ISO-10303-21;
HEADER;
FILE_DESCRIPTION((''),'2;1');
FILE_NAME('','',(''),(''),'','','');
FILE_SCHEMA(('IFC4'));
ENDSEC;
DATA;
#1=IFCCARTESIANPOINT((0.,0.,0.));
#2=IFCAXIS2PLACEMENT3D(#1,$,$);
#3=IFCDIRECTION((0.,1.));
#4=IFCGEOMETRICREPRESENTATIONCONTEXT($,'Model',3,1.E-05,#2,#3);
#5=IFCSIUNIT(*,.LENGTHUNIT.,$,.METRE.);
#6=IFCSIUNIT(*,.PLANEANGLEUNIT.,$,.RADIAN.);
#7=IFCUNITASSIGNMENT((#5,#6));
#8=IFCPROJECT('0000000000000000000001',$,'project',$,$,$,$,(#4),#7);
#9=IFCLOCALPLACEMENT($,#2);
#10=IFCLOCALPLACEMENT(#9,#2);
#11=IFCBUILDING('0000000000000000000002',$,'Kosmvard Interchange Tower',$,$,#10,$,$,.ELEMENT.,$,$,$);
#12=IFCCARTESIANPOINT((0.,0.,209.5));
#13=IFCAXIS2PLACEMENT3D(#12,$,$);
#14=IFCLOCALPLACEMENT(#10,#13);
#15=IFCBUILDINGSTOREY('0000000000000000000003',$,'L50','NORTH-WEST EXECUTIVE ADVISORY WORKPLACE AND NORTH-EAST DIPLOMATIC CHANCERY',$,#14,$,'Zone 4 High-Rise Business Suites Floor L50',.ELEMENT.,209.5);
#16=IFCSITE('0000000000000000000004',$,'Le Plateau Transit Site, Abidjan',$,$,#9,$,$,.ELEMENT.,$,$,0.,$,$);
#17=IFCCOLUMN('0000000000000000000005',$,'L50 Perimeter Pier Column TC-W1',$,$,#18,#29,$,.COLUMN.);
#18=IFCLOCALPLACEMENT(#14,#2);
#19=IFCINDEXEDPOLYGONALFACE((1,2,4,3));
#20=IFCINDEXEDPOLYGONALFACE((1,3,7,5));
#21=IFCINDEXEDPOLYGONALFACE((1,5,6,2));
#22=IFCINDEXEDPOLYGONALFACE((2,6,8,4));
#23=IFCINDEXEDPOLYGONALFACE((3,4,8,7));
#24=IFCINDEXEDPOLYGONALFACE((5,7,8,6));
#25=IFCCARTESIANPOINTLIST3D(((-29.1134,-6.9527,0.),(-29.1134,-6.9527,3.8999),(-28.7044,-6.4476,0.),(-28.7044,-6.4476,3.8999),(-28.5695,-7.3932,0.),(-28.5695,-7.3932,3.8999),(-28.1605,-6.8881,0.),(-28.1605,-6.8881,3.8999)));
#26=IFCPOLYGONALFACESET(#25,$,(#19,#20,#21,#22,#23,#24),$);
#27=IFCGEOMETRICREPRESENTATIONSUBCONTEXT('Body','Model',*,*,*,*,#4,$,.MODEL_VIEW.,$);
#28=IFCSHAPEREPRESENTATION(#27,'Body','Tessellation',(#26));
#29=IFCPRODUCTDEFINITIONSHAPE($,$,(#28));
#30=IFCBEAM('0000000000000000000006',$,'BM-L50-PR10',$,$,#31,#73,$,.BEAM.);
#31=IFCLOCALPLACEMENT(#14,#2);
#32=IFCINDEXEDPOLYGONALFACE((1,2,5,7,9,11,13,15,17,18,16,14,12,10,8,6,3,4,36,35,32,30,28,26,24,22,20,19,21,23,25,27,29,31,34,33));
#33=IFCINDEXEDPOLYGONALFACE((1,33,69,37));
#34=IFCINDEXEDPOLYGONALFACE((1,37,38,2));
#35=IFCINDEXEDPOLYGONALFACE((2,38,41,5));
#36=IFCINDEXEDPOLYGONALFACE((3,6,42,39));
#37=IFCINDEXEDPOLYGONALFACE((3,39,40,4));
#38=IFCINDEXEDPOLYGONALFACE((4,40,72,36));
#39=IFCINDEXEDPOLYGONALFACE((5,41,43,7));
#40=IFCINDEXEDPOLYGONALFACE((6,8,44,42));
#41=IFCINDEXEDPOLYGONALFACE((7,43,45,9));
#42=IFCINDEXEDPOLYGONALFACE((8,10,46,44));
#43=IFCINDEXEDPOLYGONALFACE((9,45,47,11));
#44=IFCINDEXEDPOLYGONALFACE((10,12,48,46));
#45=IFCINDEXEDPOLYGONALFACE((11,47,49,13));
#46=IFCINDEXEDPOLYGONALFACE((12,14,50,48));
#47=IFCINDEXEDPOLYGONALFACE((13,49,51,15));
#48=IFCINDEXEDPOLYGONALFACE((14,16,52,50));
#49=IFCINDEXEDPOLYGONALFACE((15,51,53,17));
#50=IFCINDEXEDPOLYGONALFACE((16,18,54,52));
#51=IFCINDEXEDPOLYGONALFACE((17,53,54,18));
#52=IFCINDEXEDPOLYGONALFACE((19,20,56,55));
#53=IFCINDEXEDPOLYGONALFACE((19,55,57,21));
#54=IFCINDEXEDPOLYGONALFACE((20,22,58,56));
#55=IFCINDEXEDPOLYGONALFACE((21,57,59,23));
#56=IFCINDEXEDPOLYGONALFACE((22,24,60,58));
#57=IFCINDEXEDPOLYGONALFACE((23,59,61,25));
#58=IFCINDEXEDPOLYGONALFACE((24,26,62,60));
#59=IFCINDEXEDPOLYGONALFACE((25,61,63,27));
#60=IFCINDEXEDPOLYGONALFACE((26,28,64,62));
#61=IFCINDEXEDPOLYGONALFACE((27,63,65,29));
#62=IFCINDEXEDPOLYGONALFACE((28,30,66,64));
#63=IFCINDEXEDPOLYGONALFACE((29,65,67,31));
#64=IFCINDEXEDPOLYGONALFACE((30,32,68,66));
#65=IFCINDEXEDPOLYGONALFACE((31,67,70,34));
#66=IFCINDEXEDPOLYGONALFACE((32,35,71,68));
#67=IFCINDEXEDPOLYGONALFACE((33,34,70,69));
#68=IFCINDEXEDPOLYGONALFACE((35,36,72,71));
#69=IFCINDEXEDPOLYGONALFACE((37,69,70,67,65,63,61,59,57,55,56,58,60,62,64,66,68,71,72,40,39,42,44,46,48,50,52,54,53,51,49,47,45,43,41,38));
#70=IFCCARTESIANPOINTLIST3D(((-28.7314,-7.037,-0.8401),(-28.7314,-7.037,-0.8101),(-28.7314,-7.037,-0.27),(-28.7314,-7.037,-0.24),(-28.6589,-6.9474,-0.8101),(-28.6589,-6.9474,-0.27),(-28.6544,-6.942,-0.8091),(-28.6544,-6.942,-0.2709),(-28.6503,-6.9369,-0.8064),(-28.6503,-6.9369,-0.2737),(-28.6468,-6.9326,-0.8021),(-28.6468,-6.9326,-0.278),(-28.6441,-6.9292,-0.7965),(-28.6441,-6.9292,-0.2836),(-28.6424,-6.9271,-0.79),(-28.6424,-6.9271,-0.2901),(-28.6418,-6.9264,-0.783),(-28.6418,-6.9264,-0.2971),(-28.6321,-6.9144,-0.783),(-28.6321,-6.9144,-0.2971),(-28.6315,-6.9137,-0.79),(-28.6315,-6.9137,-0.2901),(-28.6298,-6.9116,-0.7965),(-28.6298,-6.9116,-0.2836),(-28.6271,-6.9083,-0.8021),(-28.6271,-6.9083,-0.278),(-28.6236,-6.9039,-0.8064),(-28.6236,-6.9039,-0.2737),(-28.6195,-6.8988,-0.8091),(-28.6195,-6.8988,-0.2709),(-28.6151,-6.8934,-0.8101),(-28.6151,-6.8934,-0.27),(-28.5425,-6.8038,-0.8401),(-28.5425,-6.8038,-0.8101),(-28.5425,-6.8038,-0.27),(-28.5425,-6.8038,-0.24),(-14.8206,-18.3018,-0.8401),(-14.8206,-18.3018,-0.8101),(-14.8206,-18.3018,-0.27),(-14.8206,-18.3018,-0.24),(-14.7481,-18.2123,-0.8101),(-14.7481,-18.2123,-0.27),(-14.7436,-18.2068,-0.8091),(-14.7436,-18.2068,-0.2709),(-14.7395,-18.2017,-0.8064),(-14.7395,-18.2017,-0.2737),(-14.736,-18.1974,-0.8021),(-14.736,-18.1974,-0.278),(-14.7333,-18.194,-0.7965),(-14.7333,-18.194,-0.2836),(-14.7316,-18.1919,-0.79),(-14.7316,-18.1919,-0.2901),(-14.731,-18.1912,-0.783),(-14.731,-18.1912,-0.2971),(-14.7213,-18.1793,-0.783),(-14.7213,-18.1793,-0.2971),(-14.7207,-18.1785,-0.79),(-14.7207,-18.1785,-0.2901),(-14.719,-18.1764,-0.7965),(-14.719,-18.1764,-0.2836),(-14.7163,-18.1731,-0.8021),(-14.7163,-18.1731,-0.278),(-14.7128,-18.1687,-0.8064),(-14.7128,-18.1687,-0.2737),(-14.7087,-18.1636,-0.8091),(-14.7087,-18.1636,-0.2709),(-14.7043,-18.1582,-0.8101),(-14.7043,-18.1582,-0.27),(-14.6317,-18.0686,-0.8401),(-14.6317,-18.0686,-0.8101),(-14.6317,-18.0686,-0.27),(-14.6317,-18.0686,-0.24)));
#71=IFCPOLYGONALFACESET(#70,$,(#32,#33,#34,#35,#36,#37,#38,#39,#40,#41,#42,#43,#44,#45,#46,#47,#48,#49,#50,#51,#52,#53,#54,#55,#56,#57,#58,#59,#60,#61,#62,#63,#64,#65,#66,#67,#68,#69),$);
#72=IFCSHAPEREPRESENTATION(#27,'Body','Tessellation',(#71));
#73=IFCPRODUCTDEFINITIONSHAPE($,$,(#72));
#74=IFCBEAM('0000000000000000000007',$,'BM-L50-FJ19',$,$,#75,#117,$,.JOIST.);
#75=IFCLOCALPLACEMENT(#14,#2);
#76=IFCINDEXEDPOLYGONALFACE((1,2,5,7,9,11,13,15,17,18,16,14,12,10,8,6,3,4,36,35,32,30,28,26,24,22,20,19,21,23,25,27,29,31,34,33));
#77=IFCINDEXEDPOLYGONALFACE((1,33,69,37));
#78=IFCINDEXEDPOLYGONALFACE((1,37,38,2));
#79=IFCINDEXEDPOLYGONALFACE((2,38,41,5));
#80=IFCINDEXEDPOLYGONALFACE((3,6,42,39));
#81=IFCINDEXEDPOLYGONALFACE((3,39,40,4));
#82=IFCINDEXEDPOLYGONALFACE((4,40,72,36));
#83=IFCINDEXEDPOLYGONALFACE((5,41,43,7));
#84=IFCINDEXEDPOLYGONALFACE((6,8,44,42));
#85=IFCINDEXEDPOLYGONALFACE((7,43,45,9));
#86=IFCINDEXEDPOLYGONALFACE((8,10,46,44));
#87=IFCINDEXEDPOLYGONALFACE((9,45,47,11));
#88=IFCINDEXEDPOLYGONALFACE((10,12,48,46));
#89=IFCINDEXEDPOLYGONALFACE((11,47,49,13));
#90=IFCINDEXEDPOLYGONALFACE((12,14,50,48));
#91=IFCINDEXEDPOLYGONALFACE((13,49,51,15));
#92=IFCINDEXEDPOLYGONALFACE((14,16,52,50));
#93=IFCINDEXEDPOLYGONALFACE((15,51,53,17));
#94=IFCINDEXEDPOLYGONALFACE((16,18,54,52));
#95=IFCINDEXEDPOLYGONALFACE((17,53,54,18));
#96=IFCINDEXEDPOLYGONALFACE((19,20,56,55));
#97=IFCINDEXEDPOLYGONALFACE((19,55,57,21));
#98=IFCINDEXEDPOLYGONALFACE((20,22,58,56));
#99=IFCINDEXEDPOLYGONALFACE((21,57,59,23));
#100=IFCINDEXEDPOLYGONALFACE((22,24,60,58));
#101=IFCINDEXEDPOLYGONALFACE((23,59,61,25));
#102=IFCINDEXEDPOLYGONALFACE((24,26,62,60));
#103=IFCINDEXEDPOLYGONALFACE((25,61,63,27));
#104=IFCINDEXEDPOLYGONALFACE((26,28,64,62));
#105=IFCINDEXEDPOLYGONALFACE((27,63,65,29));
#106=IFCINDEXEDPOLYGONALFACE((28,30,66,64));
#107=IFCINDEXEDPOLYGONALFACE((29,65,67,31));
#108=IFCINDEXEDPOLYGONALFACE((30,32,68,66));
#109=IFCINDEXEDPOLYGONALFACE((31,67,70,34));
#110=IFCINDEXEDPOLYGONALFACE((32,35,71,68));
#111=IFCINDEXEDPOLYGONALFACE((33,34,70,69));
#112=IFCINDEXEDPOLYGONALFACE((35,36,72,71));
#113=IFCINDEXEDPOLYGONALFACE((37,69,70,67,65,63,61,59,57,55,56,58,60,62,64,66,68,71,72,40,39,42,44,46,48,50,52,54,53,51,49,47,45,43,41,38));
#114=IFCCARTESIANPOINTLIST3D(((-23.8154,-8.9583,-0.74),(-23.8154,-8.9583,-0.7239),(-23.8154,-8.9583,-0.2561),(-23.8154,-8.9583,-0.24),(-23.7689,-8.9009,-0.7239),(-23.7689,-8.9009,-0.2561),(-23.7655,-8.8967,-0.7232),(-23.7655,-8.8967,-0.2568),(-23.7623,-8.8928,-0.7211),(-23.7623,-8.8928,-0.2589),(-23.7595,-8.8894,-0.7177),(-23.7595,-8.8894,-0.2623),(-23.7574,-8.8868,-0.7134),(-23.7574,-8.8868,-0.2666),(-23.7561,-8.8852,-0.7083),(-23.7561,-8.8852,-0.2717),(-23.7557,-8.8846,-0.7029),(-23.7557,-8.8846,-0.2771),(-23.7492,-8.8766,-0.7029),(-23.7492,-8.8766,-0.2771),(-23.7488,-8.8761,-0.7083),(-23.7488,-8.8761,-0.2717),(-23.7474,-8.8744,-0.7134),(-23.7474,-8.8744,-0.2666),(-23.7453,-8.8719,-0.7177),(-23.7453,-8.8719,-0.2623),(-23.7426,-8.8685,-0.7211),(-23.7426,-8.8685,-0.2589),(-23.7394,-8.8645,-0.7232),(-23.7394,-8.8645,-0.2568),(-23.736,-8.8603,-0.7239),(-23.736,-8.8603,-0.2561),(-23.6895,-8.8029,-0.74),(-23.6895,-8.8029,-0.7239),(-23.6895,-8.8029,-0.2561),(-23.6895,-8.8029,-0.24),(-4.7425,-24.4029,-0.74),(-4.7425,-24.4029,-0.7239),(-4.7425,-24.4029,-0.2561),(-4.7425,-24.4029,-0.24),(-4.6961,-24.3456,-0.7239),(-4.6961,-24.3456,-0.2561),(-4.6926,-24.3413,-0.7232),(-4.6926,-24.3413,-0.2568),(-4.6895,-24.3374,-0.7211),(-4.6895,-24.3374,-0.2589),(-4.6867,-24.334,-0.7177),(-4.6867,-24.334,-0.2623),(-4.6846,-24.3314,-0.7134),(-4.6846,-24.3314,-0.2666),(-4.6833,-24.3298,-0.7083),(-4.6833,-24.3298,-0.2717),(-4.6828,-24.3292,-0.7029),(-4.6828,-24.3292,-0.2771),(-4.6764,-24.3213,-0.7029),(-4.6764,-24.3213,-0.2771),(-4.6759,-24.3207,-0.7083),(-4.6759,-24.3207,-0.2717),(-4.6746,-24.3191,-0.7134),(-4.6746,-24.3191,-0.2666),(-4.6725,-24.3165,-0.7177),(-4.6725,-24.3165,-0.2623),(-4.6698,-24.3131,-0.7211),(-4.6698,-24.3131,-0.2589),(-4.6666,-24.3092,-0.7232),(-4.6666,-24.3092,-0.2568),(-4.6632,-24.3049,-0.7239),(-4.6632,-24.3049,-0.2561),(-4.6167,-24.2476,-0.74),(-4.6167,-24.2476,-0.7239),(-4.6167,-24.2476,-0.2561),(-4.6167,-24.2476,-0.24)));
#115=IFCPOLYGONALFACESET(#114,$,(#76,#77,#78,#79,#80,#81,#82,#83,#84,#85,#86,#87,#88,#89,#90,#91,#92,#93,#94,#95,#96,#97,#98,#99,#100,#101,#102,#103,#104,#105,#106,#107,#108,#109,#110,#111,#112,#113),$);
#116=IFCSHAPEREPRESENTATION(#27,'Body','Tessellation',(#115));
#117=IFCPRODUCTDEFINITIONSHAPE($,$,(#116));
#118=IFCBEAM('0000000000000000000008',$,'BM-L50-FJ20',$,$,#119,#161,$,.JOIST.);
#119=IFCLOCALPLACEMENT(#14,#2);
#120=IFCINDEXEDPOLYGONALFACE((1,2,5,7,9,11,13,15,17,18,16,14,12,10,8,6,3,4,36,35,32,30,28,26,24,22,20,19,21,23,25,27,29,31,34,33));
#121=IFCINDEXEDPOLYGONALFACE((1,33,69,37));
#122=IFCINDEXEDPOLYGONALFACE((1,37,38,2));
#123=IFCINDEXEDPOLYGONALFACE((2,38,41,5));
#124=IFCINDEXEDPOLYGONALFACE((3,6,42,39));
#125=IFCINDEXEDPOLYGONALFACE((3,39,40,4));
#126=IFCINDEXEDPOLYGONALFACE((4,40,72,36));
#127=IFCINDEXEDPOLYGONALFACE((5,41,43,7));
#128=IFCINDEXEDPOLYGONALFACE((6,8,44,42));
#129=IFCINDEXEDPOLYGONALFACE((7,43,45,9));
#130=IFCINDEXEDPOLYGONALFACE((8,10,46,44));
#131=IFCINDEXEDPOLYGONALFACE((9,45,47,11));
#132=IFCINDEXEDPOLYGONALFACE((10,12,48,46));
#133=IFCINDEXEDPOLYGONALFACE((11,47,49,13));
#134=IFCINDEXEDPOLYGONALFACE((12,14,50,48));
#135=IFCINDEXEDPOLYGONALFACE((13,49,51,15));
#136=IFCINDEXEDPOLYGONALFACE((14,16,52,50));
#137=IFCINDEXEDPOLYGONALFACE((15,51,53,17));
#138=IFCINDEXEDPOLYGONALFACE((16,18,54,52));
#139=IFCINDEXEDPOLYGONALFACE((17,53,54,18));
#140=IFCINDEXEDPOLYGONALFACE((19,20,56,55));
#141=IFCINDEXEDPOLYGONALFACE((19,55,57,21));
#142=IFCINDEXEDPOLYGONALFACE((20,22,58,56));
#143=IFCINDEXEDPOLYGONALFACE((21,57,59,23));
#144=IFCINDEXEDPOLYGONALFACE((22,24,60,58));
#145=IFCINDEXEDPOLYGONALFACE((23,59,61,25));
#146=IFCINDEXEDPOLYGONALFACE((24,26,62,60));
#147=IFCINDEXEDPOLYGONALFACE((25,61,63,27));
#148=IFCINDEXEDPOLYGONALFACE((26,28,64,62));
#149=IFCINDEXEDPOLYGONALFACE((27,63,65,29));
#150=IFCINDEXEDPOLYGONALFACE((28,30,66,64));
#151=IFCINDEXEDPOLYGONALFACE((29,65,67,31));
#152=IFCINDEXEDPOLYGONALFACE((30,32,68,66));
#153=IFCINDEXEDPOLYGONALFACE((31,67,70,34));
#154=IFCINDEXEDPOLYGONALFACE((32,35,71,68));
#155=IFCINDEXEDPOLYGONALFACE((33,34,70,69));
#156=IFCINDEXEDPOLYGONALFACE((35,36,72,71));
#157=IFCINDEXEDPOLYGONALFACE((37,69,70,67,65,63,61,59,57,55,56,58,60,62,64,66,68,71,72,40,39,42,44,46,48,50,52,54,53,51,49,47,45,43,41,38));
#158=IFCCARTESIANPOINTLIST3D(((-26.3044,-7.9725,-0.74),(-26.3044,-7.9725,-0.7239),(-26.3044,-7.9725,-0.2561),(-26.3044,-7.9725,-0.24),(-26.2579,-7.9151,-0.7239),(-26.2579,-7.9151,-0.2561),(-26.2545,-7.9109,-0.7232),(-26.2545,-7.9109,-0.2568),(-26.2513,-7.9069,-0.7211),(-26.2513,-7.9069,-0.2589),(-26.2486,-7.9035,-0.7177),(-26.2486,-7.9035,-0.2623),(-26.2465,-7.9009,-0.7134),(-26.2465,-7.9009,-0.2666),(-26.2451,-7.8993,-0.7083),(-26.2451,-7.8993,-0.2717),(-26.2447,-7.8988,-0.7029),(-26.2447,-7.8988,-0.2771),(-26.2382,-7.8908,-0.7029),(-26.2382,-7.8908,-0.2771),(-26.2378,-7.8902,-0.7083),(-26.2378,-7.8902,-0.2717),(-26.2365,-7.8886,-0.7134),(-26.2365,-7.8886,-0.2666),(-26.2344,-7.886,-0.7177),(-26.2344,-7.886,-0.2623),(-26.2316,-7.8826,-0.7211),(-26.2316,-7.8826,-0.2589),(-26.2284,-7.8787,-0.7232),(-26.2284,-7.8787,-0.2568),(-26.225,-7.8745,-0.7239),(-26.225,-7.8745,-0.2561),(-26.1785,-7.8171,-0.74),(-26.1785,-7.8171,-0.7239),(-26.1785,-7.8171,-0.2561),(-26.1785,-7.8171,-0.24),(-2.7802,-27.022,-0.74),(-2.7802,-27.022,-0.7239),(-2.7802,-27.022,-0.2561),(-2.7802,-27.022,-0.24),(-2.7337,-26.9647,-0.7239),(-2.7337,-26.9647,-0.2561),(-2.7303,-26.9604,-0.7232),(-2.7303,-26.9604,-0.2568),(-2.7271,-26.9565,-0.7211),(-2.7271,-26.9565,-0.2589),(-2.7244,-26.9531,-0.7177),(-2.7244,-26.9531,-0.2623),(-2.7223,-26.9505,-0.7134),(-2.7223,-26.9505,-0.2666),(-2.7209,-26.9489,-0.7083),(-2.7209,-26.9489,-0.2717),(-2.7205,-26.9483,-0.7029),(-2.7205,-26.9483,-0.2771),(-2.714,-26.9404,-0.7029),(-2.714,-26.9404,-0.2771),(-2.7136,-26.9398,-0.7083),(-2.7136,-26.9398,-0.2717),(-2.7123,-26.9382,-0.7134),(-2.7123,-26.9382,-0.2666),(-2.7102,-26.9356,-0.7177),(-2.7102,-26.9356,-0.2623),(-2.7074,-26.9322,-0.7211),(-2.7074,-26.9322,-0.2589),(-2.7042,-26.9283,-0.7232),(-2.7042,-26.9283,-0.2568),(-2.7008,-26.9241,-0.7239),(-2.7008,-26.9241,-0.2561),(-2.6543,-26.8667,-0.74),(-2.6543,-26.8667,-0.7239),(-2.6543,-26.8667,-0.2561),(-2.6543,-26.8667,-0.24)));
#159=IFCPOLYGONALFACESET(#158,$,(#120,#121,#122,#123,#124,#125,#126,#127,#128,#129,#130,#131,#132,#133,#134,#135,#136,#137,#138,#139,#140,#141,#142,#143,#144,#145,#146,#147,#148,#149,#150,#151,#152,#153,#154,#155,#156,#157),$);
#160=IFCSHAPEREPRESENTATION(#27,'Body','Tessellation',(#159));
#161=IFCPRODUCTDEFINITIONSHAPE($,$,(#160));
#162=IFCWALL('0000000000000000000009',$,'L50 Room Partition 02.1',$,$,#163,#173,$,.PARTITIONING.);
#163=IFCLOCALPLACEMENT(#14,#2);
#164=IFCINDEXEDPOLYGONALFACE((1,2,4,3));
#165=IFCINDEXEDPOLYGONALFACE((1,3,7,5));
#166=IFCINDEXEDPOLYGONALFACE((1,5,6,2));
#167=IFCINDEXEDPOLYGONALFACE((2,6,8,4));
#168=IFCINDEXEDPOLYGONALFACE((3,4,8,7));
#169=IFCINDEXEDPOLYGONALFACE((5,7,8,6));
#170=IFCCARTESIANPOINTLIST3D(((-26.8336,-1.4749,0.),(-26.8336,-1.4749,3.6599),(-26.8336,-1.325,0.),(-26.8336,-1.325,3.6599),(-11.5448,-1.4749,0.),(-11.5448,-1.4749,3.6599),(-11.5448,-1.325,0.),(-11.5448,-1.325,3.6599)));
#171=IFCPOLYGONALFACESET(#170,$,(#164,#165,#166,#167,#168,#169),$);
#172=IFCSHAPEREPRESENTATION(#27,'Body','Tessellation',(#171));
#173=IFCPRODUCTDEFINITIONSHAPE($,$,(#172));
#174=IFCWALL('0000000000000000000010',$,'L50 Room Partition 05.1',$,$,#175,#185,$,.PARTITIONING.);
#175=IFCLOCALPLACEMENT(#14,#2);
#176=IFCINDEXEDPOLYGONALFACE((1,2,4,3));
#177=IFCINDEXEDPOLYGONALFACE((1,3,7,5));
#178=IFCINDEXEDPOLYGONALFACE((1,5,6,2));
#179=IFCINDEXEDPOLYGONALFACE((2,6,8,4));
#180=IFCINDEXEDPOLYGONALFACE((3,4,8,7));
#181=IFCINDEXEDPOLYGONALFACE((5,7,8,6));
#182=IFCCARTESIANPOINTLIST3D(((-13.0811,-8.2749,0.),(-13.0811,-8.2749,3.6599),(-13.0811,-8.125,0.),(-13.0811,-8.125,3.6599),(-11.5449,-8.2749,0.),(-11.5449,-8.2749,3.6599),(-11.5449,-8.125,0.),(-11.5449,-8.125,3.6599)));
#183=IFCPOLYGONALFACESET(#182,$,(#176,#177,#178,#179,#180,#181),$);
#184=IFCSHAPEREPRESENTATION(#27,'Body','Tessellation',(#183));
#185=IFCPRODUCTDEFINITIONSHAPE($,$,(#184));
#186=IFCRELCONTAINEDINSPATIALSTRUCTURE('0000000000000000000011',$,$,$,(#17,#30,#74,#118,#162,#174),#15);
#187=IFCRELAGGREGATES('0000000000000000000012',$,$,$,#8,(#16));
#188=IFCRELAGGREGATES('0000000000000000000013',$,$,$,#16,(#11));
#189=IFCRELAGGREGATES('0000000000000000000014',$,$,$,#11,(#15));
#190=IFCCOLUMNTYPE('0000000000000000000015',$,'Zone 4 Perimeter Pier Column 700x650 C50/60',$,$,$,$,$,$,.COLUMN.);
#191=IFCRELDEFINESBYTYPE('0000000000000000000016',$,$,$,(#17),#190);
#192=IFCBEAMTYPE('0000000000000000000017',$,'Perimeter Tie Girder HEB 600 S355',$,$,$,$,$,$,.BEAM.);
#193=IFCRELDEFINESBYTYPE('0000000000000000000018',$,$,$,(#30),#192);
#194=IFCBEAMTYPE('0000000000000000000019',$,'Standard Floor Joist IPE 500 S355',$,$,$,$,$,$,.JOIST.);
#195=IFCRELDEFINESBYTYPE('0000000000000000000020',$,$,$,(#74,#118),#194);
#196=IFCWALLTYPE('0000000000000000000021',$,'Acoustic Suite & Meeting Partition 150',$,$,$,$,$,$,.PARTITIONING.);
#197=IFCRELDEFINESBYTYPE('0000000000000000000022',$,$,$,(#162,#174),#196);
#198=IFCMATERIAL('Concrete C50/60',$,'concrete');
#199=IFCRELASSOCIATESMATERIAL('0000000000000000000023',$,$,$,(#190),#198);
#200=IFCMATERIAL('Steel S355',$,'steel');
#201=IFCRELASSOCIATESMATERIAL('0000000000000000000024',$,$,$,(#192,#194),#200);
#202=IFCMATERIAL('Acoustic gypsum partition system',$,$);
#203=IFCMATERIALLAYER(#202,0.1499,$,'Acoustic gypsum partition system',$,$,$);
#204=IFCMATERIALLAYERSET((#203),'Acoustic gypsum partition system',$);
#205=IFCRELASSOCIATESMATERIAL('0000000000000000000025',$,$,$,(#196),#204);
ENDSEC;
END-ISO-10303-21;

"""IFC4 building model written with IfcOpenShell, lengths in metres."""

from ifc_helpers import new_model, si_unit, direction, frame, frame_2d, origin, origin_2d, place, context, subcontext, project, spatial, rectangle, i_section, extrude, source, transform, mapped, material, layer, layer_set, material_profile, profile_set, type_object, element, save


model = new_model("IFC4")

# Units and contexts
model_context = context("Model", 3, precision=1e-05, world=origin(), true_north=direction((0.0, 1.0)))
body_context = subcontext(model_context, "Body", "Model", "MODEL_VIEW")
ifc_project = project(units=[si_unit("LENGTHUNIT", "METRE"), si_unit("PLANEANGLEUNIT", "RADIAN")], contexts=[model_context])

# Site, building, storey
site_placement = place(None, origin())
site = spatial("IfcSite", under=ifc_project, at=site_placement, Name="Le Plateau Transit Site, Abidjan", CompositionType="ELEMENT", RefElevation=0.0)
building_placement = place(site_placement, origin())
building = spatial("IfcBuilding", under=site, at=building_placement, Name="Kosmvard Interchange Tower", CompositionType="ELEMENT")
storey_placement = place(building_placement, frame((0.0, 0.0, 209.5)))
storey = spatial("IfcBuildingStorey", under=building, at=storey_placement, Name="L50", Description="NORTH-WEST EXECUTIVE ADVISORY WORKPLACE AND NORTH-EAST DIPLOMATIC CHANCERY", LongName="Zone 4 High-Rise Business Suites Floor L50", CompositionType="ELEMENT", Elevation=209.5)

# Column
ifc_material_1 = material(Name="Concrete C50/60", Category="concrete")
ifc_material_profile_1 = material_profile(ifc_material_1, rectangle(XDim=0.6499, YDim=0.7, at=origin_2d()), Name="TC 700x650")
ifc_profile_set_1 = profile_set([ifc_material_profile_1], Name="Concrete C50/60")
column_type = type_object("IfcColumnType", Name="Zone 4 Perimeter Pier Column 700x650 C50/60", PredefinedType="COLUMN", material=ifc_profile_set_1)
shared_shape_1 = source(origin(), body_context, "Body", "SweptSolid", [
    extrude(rectangle(XDim=0.6499, YDim=0.7, at=origin_2d()), origin(), (0.0, 0.0, 1.0), 3.8999),
])
column_placement = place(storey_placement, frame((-28.637, -6.9204, 0.0), z_axis=(0.0, 0.0, 1.0), x_axis=(0.62932, 0.777146, 0.0)))
element("IfcColumn", 1, at=column_placement, inside=storey, type_object=column_type, Name="L50 Perimeter Pier Column TC-W1", PredefinedType="COLUMN", context=body_context, shape_type="MappedRepresentation", body=[
    mapped(shared_shape_1, transform((0.0, 0.0, 0.0), scale=1.0)),
])

# Beams
ifc_material_2 = material(Name="Steel S355", Category="steel")
ifc_material_profile_2 = material_profile(ifc_material_2, i_section(OverallWidth=0.3, OverallDepth=0.6001, WebThickness=0.0154, FlangeThickness=0.03, FilletRadius=0.0271, at=origin_2d()), Name="HEB 600")
ifc_profile_set_2 = profile_set([ifc_material_profile_2], Name="Steel S355")
beam_type_1 = type_object("IfcBeamType", Name="Perimeter Tie Girder HEB 600 S355", PredefinedType="BEAM", material=ifc_profile_set_2)
shared_shape_2 = source(origin(), body_context, "Body", "SweptSolid", [
    extrude(i_section(OverallWidth=0.3, OverallDepth=0.6001, WebThickness=0.0154, FlangeThickness=0.03, FilletRadius=0.0271, at=origin_2d()), origin(), (0.0, 0.0, 1.0), 17.8999),
])
beam_1_placement = place(storey_placement, frame((-28.637, -6.9204, -0.54), z_axis=(0.777144, -0.629323, 0.0), x_axis=(0.629323, 0.777144, 0.0)))
element("IfcBeam", 2, at=beam_1_placement, inside=storey, type_object=beam_type_1, Name="BM-L50-PR10", PredefinedType="BEAM", context=body_context, shape_type="MappedRepresentation", body=[
    mapped(shared_shape_2, transform((0.0, 0.0, 0.0), scale=1.0)),
])
ifc_material_profile_3 = material_profile(ifc_material_2, i_section(OverallWidth=0.2, OverallDepth=0.5, WebThickness=0.0103, FlangeThickness=0.0161, FilletRadius=0.021, at=origin_2d()), Name="IPE 500")
ifc_profile_set_3 = profile_set([ifc_material_profile_3], Name="Steel S355")
beam_type_2 = type_object("IfcBeamType", Name="Standard Floor Joist IPE 500 S355", PredefinedType="JOIST", material=ifc_profile_set_3)
shared_shape_3 = source(origin(), body_context, "Body", "SweptSolid", [
    extrude(i_section(OverallWidth=0.2, OverallDepth=0.5, WebThickness=0.0103, FlangeThickness=0.0161, FilletRadius=0.021, at=origin_2d()), origin(), (0.0, 0.0, 1.0), 24.542),
])
beam_2_placement = place(storey_placement, frame((-23.7524, -8.8806, -0.49), z_axis=(0.777151, -0.629315, 0.0), x_axis=(0.629315, 0.777151, 0.0)))
element("IfcBeam", 3, at=beam_2_placement, inside=storey, type_object=beam_type_2, Name="BM-L50-FJ19", PredefinedType="JOIST", context=body_context, shape_type="MappedRepresentation", body=[
    mapped(shared_shape_3, transform((0.0, 0.0, 0.0), scale=1.0)),
])
shared_shape_4 = source(origin(), body_context, "Body", "SweptSolid", [
    extrude(i_section(OverallWidth=0.2, OverallDepth=0.5, WebThickness=0.0103, FlangeThickness=0.0161, FilletRadius=0.021, at=origin_2d()), origin(), (0.0, 0.0, 1.0), 30.27),
])
beam_3_placement = place(storey_placement, frame((-26.2415, -7.8948, -0.49), z_axis=(0.777145, -0.629322, 0.0), x_axis=(0.629322, 0.777145, 0.0)))
element("IfcBeam", 4, at=beam_3_placement, inside=storey, type_object=beam_type_2, Name="BM-L50-FJ20", PredefinedType="JOIST", context=body_context, shape_type="MappedRepresentation", body=[
    mapped(shared_shape_4, transform((0.0, 0.0, 0.0), scale=1.0)),
])

# Walls
ifc_material_3 = material(Name="Acoustic gypsum partition system")
ifc_layer_1 = layer(ifc_material_3, 0.1499, Name="Acoustic gypsum partition system")
ifc_layer_set_1 = layer_set([ifc_layer_1], Name="Acoustic gypsum partition system")
wall_type_1 = type_object("IfcWallType", Name="Acoustic Suite & Meeting Partition 150", PredefinedType="PARTITIONING", material=ifc_layer_set_1)
wall_1_placement = place(storey_placement, frame((-26.8337, -1.3999, 0.0), z_axis=(0.0, 0.0, 1.0), x_axis=(1.0, 0.0, 0.0)))
element("IfcWall", 5, at=wall_1_placement, inside=storey, type_object=wall_type_1, Name="L50 Room Partition 02.1", PredefinedType="PARTITIONING", context=body_context, shape_type="SweptSolid", body=[
    extrude(rectangle(XDim=15.2888, YDim=0.1499, at=frame_2d((7.6445, 0.0))), origin(), (0.0, 0.0, 1.0), 3.6599),
])
wall_2_placement = place(storey_placement, frame((-11.5449, -8.2, 0.0), z_axis=(0.0, 0.0, 1.0), x_axis=(-1.0, 0.0, 0.0)))
element("IfcWall", 6, at=wall_2_placement, inside=storey, type_object=wall_type_1, Name="L50 Room Partition 05.1", PredefinedType="PARTITIONING", context=body_context, shape_type="SweptSolid", body=[
    extrude(rectangle(XDim=1.5361, YDim=0.1499, at=frame_2d((0.7681, 0.0))), origin(), (0.0, 0.0, 1.0), 3.6599),
])

save(model, "model.ifc")
